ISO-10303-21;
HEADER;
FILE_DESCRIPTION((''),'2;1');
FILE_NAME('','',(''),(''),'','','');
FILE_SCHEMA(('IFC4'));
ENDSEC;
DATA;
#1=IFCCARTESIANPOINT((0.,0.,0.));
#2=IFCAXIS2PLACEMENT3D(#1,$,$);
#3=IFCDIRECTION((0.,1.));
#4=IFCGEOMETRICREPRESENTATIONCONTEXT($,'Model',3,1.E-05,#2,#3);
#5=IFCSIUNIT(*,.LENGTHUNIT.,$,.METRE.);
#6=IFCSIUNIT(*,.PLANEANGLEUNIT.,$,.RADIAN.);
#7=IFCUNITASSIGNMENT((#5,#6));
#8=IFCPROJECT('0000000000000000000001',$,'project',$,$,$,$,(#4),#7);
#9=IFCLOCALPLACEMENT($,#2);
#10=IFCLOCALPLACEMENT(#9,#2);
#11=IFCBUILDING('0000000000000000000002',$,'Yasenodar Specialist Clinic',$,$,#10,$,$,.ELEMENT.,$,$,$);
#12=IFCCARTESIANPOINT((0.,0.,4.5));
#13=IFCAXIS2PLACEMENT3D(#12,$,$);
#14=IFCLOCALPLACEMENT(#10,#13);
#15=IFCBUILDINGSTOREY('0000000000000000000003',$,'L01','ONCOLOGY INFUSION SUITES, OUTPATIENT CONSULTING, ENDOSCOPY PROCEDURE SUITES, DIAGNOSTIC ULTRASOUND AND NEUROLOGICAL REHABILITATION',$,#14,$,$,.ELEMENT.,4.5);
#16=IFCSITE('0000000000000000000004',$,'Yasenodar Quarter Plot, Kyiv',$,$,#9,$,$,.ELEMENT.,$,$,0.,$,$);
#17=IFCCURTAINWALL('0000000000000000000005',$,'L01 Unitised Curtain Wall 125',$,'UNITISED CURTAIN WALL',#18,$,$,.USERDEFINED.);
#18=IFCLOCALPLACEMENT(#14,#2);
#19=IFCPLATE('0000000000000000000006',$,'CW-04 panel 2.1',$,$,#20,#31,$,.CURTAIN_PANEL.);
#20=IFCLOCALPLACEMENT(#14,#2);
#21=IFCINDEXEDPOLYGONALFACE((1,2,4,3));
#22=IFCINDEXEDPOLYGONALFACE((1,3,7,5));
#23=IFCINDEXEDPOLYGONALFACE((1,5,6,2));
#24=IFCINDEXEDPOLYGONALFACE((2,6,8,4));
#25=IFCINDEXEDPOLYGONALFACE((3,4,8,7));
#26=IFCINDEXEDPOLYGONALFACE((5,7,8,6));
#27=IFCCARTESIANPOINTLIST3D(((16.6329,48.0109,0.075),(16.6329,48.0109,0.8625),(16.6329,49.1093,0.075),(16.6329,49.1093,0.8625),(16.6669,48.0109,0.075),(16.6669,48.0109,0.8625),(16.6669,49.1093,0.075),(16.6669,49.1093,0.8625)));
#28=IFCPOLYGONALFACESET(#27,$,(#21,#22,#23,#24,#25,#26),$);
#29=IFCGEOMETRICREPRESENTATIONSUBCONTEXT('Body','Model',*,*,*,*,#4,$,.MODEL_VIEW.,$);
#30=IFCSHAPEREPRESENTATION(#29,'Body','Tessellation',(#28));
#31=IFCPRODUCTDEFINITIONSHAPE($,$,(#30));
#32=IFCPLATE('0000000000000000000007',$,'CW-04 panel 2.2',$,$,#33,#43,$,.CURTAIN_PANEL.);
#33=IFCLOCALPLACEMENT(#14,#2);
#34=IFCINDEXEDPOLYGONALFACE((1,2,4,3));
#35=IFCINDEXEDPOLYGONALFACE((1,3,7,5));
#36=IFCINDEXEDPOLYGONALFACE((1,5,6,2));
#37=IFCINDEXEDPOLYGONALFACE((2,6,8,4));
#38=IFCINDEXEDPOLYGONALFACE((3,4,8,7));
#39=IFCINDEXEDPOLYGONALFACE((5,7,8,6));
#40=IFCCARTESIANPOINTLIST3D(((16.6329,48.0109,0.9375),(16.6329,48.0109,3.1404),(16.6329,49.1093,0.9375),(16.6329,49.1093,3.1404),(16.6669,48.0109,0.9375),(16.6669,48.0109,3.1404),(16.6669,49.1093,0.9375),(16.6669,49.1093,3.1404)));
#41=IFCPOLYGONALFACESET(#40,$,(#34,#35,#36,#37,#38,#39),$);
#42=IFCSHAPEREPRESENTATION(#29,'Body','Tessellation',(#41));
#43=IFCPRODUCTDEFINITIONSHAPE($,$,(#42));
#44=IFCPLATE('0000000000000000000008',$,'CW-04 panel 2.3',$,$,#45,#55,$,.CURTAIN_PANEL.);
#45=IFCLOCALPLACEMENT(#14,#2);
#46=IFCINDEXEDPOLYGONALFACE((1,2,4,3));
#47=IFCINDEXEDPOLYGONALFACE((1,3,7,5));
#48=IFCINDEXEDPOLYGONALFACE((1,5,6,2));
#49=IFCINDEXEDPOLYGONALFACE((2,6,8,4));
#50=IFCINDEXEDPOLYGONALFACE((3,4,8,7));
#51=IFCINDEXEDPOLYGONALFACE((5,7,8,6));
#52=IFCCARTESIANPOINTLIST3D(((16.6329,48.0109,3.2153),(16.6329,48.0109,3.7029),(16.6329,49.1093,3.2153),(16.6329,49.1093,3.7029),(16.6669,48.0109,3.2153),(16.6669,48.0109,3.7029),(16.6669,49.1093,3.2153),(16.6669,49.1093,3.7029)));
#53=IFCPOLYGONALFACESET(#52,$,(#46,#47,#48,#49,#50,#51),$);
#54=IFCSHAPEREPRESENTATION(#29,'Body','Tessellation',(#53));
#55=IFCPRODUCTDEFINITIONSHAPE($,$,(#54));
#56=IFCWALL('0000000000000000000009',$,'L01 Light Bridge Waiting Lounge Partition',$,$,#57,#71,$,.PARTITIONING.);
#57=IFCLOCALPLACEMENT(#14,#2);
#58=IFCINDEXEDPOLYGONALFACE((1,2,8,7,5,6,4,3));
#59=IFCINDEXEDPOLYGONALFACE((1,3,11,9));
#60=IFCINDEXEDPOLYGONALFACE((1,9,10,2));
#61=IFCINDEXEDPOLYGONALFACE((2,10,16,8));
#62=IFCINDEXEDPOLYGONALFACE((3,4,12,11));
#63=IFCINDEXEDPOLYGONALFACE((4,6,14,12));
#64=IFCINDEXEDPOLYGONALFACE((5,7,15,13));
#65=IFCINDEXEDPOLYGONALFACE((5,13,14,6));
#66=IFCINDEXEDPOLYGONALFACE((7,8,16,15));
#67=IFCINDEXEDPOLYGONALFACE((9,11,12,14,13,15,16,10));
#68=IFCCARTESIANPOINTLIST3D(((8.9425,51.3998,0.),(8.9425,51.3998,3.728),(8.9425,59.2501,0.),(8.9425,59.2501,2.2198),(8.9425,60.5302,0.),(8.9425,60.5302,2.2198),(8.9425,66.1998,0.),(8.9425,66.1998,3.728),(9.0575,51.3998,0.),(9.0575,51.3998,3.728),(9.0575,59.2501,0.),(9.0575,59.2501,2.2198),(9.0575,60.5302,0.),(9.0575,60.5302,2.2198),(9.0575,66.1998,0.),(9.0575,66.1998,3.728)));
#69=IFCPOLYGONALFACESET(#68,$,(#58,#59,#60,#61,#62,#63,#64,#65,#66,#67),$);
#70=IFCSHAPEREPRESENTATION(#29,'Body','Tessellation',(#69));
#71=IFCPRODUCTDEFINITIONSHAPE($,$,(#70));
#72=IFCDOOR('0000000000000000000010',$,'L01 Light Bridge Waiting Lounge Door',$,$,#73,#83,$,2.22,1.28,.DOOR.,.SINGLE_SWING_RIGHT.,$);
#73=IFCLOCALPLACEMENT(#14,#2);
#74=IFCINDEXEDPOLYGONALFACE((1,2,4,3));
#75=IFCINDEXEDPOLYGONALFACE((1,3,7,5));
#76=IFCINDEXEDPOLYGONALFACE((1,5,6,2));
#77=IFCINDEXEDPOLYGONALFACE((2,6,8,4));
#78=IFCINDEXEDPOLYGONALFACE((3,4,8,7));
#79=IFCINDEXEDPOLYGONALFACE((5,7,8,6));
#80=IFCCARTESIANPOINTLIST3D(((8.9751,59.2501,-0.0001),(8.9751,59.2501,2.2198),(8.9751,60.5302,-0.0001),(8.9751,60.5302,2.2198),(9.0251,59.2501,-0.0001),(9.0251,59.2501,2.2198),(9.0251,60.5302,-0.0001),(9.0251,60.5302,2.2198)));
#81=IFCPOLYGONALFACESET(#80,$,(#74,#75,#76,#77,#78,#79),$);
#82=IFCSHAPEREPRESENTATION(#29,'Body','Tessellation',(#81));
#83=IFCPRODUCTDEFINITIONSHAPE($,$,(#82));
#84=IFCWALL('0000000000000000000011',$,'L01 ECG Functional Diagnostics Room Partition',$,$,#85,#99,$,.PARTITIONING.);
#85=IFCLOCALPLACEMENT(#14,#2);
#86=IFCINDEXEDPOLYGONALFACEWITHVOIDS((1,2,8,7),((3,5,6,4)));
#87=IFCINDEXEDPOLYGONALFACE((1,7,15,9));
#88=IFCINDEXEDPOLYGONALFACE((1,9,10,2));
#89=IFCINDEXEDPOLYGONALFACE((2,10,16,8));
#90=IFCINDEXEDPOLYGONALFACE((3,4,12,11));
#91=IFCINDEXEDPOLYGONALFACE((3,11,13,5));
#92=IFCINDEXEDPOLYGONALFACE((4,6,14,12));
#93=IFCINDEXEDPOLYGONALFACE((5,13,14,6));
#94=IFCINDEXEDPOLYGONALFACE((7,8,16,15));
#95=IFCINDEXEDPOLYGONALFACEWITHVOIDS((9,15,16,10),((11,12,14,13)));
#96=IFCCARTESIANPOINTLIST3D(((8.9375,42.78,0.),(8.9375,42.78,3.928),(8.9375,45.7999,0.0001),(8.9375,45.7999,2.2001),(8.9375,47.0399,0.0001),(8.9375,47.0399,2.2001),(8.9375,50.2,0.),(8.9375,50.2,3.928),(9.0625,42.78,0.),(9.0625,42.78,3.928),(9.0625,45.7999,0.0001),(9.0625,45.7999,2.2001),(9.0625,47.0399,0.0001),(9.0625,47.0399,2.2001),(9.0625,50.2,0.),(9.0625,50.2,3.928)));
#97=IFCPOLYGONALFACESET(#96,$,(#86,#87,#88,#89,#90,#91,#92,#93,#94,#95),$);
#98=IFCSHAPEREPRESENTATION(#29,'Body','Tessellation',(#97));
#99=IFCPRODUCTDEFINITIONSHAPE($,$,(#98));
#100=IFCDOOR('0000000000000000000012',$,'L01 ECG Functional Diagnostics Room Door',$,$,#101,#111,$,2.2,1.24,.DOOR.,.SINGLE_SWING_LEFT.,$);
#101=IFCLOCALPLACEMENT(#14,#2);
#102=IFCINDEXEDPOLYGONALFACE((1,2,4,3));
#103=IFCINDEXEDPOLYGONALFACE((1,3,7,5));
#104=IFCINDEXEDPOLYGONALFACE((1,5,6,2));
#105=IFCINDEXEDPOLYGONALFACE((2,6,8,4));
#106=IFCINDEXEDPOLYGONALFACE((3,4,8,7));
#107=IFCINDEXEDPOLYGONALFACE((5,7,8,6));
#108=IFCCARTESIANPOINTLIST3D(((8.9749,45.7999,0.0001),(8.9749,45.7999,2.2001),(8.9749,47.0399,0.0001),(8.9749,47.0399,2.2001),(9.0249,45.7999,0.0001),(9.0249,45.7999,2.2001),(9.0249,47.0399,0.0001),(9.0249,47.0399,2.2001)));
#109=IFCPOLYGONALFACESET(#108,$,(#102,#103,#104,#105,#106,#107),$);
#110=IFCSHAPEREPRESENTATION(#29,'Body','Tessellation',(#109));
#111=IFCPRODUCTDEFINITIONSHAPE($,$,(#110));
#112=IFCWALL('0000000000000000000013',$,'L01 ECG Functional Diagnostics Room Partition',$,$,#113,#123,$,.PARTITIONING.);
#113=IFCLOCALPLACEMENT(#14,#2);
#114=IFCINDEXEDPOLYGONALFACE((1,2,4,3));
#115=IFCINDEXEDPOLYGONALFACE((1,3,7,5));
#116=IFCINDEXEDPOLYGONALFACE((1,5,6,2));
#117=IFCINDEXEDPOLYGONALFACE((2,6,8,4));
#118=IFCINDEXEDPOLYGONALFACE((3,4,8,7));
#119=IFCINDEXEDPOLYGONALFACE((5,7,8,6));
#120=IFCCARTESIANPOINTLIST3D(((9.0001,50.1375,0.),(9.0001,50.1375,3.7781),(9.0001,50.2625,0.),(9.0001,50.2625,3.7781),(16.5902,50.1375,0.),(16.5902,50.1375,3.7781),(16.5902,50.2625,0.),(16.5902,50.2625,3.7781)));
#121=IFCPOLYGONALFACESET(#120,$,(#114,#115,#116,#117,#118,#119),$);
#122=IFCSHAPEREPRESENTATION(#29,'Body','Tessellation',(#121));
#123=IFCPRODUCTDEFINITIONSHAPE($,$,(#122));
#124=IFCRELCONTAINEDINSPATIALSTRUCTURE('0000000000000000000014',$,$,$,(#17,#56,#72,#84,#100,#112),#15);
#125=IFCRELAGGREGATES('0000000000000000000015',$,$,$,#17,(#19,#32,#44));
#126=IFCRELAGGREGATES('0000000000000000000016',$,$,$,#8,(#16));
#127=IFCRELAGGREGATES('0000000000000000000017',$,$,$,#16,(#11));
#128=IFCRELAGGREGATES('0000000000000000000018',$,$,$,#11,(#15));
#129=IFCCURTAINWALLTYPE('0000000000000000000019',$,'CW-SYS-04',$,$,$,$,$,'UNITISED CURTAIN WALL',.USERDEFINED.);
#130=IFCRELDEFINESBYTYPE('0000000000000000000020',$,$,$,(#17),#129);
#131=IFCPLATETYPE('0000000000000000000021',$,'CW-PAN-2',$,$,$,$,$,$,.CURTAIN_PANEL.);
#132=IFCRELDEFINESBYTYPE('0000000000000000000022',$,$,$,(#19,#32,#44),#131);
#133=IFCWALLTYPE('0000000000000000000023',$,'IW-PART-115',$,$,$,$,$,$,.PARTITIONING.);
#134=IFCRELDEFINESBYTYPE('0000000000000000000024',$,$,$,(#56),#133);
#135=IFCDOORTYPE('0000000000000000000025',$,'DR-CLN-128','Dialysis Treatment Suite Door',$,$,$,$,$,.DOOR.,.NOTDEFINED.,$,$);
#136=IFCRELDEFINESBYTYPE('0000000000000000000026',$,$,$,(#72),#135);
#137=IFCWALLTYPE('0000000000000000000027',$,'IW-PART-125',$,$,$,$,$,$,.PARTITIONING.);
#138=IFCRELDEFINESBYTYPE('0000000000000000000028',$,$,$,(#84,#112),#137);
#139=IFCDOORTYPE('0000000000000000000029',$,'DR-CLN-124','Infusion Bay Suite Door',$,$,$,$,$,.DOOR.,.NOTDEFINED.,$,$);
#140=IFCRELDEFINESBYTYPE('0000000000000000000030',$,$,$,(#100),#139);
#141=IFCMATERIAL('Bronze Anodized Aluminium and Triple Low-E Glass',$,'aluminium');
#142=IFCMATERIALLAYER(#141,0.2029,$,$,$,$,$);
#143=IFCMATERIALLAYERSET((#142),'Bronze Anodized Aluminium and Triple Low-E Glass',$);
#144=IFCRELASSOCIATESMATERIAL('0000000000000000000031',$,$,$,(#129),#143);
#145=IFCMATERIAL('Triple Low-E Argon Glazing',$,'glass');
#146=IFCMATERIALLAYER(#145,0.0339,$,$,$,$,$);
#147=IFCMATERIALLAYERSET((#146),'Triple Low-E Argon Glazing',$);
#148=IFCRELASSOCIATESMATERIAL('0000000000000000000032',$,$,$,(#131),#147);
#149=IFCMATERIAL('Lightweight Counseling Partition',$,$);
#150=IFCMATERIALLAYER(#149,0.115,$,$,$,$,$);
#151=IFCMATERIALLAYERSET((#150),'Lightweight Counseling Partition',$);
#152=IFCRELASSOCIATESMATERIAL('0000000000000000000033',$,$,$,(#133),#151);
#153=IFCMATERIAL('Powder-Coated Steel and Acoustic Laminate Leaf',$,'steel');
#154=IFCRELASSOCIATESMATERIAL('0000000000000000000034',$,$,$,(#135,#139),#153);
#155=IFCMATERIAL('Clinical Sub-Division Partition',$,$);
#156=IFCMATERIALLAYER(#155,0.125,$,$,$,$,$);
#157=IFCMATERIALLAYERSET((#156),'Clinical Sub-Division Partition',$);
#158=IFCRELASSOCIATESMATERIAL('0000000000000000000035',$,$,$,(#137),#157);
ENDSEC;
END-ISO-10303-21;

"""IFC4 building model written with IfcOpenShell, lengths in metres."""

from ifc_helpers import new_model, si_unit, direction, frame, frame_2d, origin, origin_2d, place, context, subcontext, project, spatial, rectangle, extrude, material, layer, layer_set, type_object, element, fill, aggregate, save


model = new_model("IFC4")

# Units and contexts
model_context = context("Model", 3, precision=1e-05, world=origin(), true_north=direction((0.0, 1.0)))
body_context = subcontext(model_context, "Body", "Model", "MODEL_VIEW")
ifc_project = project(units=[si_unit("LENGTHUNIT", "METRE"), si_unit("PLANEANGLEUNIT", "RADIAN")], contexts=[model_context])

# Site, building, storey
site_placement = place(None, origin())
site = spatial("IfcSite", under=ifc_project, at=site_placement, Name="Yasenodar Quarter Plot, Kyiv", CompositionType="ELEMENT", RefElevation=0.0)
building_placement = place(site_placement, origin())
building = spatial("IfcBuilding", under=site, at=building_placement, Name="Yasenodar Specialist Clinic", CompositionType="ELEMENT")
storey_placement = place(building_placement, frame((0.0, 0.0, 4.5)))
storey = spatial("IfcBuildingStorey", under=building, at=storey_placement, Name="L01", Description="ONCOLOGY INFUSION SUITES, OUTPATIENT CONSULTING, ENDOSCOPY PROCEDURE SUITES, DIAGNOSTIC ULTRASOUND AND NEUROLOGICAL REHABILITATION", CompositionType="ELEMENT", Elevation=4.5)

# Curtain wall
ifc_material_1 = material(Name="Bronze Anodized Aluminium and Triple Low-E Glass", Category="aluminium")
ifc_layer_1 = layer(ifc_material_1, 0.2029)
ifc_layer_set_1 = layer_set([ifc_layer_1], Name="Bronze Anodized Aluminium and Triple Low-E Glass")
curtain_wall_type = type_object("IfcCurtainWallType", Name="CW-SYS-04", ElementType="UNITISED CURTAIN WALL", PredefinedType="USERDEFINED", material=ifc_layer_set_1)
curtain_wall_placement = place(storey_placement, origin())
curtain_wall = element("IfcCurtainWall", 1, at=curtain_wall_placement, inside=storey, type_object=curtain_wall_type, Name="L01 Unitised Curtain Wall 125", ObjectType="UNITISED CURTAIN WALL", PredefinedType="USERDEFINED")

# Plates
ifc_material_2 = material(Name="Triple Low-E Argon Glazing", Category="glass")
ifc_layer_2 = layer(ifc_material_2, 0.0339)
ifc_layer_set_2 = layer_set([ifc_layer_2], Name="Triple Low-E Argon Glazing")
plate_type = type_object("IfcPlateType", Name="CW-PAN-2", PredefinedType="CURTAIN_PANEL", material=ifc_layer_set_2)
plate_1_placement = place(storey_placement, frame((16.6499, 48.5601, 0.075), z_axis=(0.0, 0.0, 1.0), x_axis=(0.0, -1.0, 0.0)))
plate_1 = element("IfcPlate", 2, at=plate_1_placement, type_object=plate_type, Name="CW-04 panel 2.1", PredefinedType="CURTAIN_PANEL", context=body_context, shape_type="SweptSolid", body=[
    extrude(rectangle(XDim=1.0984, YDim=0.0339, at=origin_2d()), origin(), (0.0, 0.0, 1.0), 0.7876),
])
plate_2_placement = place(storey_placement, frame((16.6499, 48.5601, 0.9375), z_axis=(0.0, 0.0, 1.0), x_axis=(0.0, -1.0, 0.0)))
plate_2 = element("IfcPlate", 3, at=plate_2_placement, type_object=plate_type, Name="CW-04 panel 2.2", PredefinedType="CURTAIN_PANEL", context=body_context, shape_type="SweptSolid", body=[
    extrude(rectangle(XDim=1.0984, YDim=0.0339, at=origin_2d()), origin(), (0.0, 0.0, 1.0), 2.2029),
])
plate_3_placement = place(storey_placement, frame((16.6499, 48.5601, 3.2153), z_axis=(0.0, 0.0, 1.0), x_axis=(0.0, -1.0, 0.0)))
plate_3 = element("IfcPlate", 4, at=plate_3_placement, type_object=plate_type, Name="CW-04 panel 2.3", PredefinedType="CURTAIN_PANEL", context=body_context, shape_type="SweptSolid", body=[
    extrude(rectangle(XDim=1.0984, YDim=0.0339, at=origin_2d()), origin(), (0.0, 0.0, 1.0), 0.4875),
])
aggregate(curtain_wall, [plate_1, plate_2, plate_3])

# Walls, openings, doors
ifc_material_3 = material(Name="Lightweight Counseling Partition")
ifc_layer_3 = layer(ifc_material_3, 0.115)
ifc_layer_set_3 = layer_set([ifc_layer_3], Name="Lightweight Counseling Partition")
wall_type_1 = type_object("IfcWallType", Name="IW-PART-115", PredefinedType="PARTITIONING", material=ifc_layer_set_3)
wall_1_placement = place(storey_placement, frame((9.0, 51.3999, 0.0), z_axis=(0.0, 0.0, 1.0), x_axis=(0.0, 1.0, 0.0)))
wall_1 = element("IfcWall", 5, at=wall_1_placement, inside=storey, type_object=wall_type_1, Name="L01 Light Bridge Waiting Lounge Partition", PredefinedType="PARTITIONING", context=body_context, shape_type="SweptSolid", body=[
    extrude(rectangle(XDim=14.8, YDim=0.115, at=frame_2d((7.3999, 0.0))), origin(), (0.0, 0.0, 1.0), 3.728),
])
opening_1_placement = place(wall_1_placement, frame((7.8501, 0.0, 0.0)))
opening_1 = element("IfcOpeningElement", 6, at=opening_1_placement, cuts=wall_1, PredefinedType="OPENING", context=body_context, shape_type="SweptSolid", body=[
    extrude(rectangle(XDim=1.28, YDim=2.22, at=frame_2d((0.6401, 1.1099))), frame((0.0, 0.0674, 0.0), z_axis=(0.0, -1.0, 0.0), x_axis=(1.0, 0.0, 0.0)), (0.0, 0.0, 1.0), 0.135),
])
ifc_material_4 = material(Name="Powder-Coated Steel and Acoustic Laminate Leaf", Category="steel")
door_type_1 = type_object("IfcDoorType", Name="DR-CLN-128", Description="Dialysis Treatment Suite Door", OperationType="NOTDEFINED", PredefinedType="DOOR", material=ifc_material_4)
door_1_placement = place(opening_1_placement, origin())
door_1 = element("IfcDoor", 7, at=door_1_placement, inside=storey, type_object=door_type_1, Name="L01 Light Bridge Waiting Lounge Door", OperationType="SINGLE_SWING_RIGHT", OverallHeight=2.22, OverallWidth=1.28, PredefinedType="DOOR", context=body_context, shape_type="SweptSolid", body=[
    extrude(rectangle(XDim=1.28, YDim=2.22, at=frame_2d((0.6401, 1.1099))), frame((0.0, 0.0249, 0.0), z_axis=(0.0, -1.0, 0.0), x_axis=(1.0, 0.0, 0.0)), (0.0, 0.0, 1.0), 0.05),
])
fill(opening_1, door_1)
ifc_material_5 = material(Name="Clinical Sub-Division Partition")
ifc_layer_4 = layer(ifc_material_5, 0.125)
ifc_layer_set_4 = layer_set([ifc_layer_4], Name="Clinical Sub-Division Partition")
wall_type_2 = type_object("IfcWallType", Name="IW-PART-125", PredefinedType="PARTITIONING", material=ifc_layer_set_4)
wall_2_placement = place(storey_placement, frame((9.0, 50.2, 0.0), z_axis=(0.0, 0.0, 1.0), x_axis=(0.0, -1.0, 0.0)))
wall_2 = element("IfcWall", 8, at=wall_2_placement, inside=storey, type_object=wall_type_2, Name="L01 ECG Functional Diagnostics Room Partition", PredefinedType="PARTITIONING", context=body_context, shape_type="SweptSolid", body=[
    extrude(rectangle(XDim=7.4199, YDim=0.125, at=frame_2d((3.71, 0.0))), origin(), (0.0, 0.0, 1.0), 3.928),
])
opening_2_placement = place(wall_2_placement, frame((3.1599, 0.0, 0.0)))
opening_2 = element("IfcOpeningElement", 9, at=opening_2_placement, cuts=wall_2, PredefinedType="OPENING", context=body_context, shape_type="SweptSolid", body=[
    extrude(rectangle(XDim=1.24, YDim=2.2, at=frame_2d((0.6201, 1.1001))), frame((0.0, 0.0725, 0.0), z_axis=(0.0, -1.0, 0.0), x_axis=(1.0, 0.0, 0.0)), (0.0, 0.0, 1.0), 0.145),
])
door_type_2 = type_object("IfcDoorType", Name="DR-CLN-124", Description="Infusion Bay Suite Door", OperationType="NOTDEFINED", PredefinedType="DOOR", material=ifc_material_4)
door_2_placement = place(opening_2_placement, origin())
door_2 = element("IfcDoor", 10, at=door_2_placement, inside=storey, type_object=door_type_2, Name="L01 ECG Functional Diagnostics Room Door", OperationType="SINGLE_SWING_LEFT", OverallHeight=2.2, OverallWidth=1.24, PredefinedType="DOOR", context=body_context, shape_type="SweptSolid", body=[
    extrude(rectangle(XDim=1.24, YDim=2.2, at=frame_2d((0.6201, 1.1001))), frame((0.0, 0.0249, 0.0), z_axis=(0.0, -1.0, 0.0), x_axis=(1.0, 0.0, 0.0)), (0.0, 0.0, 1.0), 0.05),
])
fill(opening_2, door_2)

# Wall
wall_3_placement = place(storey_placement, frame((16.5901, 50.2, 0.0), z_axis=(0.0, 0.0, 1.0), x_axis=(-1.0, 0.0, 0.0)))
element("IfcWall", 11, at=wall_3_placement, inside=storey, type_object=wall_type_2, Name="L01 ECG Functional Diagnostics Room Partition", PredefinedType="PARTITIONING", context=body_context, shape_type="SweptSolid", body=[
    extrude(rectangle(XDim=7.5901, YDim=0.125, at=frame_2d((3.7949, 0.0))), origin(), (0.0, 0.0, 1.0), 3.7781),
])

save(model, "model.ifc")
